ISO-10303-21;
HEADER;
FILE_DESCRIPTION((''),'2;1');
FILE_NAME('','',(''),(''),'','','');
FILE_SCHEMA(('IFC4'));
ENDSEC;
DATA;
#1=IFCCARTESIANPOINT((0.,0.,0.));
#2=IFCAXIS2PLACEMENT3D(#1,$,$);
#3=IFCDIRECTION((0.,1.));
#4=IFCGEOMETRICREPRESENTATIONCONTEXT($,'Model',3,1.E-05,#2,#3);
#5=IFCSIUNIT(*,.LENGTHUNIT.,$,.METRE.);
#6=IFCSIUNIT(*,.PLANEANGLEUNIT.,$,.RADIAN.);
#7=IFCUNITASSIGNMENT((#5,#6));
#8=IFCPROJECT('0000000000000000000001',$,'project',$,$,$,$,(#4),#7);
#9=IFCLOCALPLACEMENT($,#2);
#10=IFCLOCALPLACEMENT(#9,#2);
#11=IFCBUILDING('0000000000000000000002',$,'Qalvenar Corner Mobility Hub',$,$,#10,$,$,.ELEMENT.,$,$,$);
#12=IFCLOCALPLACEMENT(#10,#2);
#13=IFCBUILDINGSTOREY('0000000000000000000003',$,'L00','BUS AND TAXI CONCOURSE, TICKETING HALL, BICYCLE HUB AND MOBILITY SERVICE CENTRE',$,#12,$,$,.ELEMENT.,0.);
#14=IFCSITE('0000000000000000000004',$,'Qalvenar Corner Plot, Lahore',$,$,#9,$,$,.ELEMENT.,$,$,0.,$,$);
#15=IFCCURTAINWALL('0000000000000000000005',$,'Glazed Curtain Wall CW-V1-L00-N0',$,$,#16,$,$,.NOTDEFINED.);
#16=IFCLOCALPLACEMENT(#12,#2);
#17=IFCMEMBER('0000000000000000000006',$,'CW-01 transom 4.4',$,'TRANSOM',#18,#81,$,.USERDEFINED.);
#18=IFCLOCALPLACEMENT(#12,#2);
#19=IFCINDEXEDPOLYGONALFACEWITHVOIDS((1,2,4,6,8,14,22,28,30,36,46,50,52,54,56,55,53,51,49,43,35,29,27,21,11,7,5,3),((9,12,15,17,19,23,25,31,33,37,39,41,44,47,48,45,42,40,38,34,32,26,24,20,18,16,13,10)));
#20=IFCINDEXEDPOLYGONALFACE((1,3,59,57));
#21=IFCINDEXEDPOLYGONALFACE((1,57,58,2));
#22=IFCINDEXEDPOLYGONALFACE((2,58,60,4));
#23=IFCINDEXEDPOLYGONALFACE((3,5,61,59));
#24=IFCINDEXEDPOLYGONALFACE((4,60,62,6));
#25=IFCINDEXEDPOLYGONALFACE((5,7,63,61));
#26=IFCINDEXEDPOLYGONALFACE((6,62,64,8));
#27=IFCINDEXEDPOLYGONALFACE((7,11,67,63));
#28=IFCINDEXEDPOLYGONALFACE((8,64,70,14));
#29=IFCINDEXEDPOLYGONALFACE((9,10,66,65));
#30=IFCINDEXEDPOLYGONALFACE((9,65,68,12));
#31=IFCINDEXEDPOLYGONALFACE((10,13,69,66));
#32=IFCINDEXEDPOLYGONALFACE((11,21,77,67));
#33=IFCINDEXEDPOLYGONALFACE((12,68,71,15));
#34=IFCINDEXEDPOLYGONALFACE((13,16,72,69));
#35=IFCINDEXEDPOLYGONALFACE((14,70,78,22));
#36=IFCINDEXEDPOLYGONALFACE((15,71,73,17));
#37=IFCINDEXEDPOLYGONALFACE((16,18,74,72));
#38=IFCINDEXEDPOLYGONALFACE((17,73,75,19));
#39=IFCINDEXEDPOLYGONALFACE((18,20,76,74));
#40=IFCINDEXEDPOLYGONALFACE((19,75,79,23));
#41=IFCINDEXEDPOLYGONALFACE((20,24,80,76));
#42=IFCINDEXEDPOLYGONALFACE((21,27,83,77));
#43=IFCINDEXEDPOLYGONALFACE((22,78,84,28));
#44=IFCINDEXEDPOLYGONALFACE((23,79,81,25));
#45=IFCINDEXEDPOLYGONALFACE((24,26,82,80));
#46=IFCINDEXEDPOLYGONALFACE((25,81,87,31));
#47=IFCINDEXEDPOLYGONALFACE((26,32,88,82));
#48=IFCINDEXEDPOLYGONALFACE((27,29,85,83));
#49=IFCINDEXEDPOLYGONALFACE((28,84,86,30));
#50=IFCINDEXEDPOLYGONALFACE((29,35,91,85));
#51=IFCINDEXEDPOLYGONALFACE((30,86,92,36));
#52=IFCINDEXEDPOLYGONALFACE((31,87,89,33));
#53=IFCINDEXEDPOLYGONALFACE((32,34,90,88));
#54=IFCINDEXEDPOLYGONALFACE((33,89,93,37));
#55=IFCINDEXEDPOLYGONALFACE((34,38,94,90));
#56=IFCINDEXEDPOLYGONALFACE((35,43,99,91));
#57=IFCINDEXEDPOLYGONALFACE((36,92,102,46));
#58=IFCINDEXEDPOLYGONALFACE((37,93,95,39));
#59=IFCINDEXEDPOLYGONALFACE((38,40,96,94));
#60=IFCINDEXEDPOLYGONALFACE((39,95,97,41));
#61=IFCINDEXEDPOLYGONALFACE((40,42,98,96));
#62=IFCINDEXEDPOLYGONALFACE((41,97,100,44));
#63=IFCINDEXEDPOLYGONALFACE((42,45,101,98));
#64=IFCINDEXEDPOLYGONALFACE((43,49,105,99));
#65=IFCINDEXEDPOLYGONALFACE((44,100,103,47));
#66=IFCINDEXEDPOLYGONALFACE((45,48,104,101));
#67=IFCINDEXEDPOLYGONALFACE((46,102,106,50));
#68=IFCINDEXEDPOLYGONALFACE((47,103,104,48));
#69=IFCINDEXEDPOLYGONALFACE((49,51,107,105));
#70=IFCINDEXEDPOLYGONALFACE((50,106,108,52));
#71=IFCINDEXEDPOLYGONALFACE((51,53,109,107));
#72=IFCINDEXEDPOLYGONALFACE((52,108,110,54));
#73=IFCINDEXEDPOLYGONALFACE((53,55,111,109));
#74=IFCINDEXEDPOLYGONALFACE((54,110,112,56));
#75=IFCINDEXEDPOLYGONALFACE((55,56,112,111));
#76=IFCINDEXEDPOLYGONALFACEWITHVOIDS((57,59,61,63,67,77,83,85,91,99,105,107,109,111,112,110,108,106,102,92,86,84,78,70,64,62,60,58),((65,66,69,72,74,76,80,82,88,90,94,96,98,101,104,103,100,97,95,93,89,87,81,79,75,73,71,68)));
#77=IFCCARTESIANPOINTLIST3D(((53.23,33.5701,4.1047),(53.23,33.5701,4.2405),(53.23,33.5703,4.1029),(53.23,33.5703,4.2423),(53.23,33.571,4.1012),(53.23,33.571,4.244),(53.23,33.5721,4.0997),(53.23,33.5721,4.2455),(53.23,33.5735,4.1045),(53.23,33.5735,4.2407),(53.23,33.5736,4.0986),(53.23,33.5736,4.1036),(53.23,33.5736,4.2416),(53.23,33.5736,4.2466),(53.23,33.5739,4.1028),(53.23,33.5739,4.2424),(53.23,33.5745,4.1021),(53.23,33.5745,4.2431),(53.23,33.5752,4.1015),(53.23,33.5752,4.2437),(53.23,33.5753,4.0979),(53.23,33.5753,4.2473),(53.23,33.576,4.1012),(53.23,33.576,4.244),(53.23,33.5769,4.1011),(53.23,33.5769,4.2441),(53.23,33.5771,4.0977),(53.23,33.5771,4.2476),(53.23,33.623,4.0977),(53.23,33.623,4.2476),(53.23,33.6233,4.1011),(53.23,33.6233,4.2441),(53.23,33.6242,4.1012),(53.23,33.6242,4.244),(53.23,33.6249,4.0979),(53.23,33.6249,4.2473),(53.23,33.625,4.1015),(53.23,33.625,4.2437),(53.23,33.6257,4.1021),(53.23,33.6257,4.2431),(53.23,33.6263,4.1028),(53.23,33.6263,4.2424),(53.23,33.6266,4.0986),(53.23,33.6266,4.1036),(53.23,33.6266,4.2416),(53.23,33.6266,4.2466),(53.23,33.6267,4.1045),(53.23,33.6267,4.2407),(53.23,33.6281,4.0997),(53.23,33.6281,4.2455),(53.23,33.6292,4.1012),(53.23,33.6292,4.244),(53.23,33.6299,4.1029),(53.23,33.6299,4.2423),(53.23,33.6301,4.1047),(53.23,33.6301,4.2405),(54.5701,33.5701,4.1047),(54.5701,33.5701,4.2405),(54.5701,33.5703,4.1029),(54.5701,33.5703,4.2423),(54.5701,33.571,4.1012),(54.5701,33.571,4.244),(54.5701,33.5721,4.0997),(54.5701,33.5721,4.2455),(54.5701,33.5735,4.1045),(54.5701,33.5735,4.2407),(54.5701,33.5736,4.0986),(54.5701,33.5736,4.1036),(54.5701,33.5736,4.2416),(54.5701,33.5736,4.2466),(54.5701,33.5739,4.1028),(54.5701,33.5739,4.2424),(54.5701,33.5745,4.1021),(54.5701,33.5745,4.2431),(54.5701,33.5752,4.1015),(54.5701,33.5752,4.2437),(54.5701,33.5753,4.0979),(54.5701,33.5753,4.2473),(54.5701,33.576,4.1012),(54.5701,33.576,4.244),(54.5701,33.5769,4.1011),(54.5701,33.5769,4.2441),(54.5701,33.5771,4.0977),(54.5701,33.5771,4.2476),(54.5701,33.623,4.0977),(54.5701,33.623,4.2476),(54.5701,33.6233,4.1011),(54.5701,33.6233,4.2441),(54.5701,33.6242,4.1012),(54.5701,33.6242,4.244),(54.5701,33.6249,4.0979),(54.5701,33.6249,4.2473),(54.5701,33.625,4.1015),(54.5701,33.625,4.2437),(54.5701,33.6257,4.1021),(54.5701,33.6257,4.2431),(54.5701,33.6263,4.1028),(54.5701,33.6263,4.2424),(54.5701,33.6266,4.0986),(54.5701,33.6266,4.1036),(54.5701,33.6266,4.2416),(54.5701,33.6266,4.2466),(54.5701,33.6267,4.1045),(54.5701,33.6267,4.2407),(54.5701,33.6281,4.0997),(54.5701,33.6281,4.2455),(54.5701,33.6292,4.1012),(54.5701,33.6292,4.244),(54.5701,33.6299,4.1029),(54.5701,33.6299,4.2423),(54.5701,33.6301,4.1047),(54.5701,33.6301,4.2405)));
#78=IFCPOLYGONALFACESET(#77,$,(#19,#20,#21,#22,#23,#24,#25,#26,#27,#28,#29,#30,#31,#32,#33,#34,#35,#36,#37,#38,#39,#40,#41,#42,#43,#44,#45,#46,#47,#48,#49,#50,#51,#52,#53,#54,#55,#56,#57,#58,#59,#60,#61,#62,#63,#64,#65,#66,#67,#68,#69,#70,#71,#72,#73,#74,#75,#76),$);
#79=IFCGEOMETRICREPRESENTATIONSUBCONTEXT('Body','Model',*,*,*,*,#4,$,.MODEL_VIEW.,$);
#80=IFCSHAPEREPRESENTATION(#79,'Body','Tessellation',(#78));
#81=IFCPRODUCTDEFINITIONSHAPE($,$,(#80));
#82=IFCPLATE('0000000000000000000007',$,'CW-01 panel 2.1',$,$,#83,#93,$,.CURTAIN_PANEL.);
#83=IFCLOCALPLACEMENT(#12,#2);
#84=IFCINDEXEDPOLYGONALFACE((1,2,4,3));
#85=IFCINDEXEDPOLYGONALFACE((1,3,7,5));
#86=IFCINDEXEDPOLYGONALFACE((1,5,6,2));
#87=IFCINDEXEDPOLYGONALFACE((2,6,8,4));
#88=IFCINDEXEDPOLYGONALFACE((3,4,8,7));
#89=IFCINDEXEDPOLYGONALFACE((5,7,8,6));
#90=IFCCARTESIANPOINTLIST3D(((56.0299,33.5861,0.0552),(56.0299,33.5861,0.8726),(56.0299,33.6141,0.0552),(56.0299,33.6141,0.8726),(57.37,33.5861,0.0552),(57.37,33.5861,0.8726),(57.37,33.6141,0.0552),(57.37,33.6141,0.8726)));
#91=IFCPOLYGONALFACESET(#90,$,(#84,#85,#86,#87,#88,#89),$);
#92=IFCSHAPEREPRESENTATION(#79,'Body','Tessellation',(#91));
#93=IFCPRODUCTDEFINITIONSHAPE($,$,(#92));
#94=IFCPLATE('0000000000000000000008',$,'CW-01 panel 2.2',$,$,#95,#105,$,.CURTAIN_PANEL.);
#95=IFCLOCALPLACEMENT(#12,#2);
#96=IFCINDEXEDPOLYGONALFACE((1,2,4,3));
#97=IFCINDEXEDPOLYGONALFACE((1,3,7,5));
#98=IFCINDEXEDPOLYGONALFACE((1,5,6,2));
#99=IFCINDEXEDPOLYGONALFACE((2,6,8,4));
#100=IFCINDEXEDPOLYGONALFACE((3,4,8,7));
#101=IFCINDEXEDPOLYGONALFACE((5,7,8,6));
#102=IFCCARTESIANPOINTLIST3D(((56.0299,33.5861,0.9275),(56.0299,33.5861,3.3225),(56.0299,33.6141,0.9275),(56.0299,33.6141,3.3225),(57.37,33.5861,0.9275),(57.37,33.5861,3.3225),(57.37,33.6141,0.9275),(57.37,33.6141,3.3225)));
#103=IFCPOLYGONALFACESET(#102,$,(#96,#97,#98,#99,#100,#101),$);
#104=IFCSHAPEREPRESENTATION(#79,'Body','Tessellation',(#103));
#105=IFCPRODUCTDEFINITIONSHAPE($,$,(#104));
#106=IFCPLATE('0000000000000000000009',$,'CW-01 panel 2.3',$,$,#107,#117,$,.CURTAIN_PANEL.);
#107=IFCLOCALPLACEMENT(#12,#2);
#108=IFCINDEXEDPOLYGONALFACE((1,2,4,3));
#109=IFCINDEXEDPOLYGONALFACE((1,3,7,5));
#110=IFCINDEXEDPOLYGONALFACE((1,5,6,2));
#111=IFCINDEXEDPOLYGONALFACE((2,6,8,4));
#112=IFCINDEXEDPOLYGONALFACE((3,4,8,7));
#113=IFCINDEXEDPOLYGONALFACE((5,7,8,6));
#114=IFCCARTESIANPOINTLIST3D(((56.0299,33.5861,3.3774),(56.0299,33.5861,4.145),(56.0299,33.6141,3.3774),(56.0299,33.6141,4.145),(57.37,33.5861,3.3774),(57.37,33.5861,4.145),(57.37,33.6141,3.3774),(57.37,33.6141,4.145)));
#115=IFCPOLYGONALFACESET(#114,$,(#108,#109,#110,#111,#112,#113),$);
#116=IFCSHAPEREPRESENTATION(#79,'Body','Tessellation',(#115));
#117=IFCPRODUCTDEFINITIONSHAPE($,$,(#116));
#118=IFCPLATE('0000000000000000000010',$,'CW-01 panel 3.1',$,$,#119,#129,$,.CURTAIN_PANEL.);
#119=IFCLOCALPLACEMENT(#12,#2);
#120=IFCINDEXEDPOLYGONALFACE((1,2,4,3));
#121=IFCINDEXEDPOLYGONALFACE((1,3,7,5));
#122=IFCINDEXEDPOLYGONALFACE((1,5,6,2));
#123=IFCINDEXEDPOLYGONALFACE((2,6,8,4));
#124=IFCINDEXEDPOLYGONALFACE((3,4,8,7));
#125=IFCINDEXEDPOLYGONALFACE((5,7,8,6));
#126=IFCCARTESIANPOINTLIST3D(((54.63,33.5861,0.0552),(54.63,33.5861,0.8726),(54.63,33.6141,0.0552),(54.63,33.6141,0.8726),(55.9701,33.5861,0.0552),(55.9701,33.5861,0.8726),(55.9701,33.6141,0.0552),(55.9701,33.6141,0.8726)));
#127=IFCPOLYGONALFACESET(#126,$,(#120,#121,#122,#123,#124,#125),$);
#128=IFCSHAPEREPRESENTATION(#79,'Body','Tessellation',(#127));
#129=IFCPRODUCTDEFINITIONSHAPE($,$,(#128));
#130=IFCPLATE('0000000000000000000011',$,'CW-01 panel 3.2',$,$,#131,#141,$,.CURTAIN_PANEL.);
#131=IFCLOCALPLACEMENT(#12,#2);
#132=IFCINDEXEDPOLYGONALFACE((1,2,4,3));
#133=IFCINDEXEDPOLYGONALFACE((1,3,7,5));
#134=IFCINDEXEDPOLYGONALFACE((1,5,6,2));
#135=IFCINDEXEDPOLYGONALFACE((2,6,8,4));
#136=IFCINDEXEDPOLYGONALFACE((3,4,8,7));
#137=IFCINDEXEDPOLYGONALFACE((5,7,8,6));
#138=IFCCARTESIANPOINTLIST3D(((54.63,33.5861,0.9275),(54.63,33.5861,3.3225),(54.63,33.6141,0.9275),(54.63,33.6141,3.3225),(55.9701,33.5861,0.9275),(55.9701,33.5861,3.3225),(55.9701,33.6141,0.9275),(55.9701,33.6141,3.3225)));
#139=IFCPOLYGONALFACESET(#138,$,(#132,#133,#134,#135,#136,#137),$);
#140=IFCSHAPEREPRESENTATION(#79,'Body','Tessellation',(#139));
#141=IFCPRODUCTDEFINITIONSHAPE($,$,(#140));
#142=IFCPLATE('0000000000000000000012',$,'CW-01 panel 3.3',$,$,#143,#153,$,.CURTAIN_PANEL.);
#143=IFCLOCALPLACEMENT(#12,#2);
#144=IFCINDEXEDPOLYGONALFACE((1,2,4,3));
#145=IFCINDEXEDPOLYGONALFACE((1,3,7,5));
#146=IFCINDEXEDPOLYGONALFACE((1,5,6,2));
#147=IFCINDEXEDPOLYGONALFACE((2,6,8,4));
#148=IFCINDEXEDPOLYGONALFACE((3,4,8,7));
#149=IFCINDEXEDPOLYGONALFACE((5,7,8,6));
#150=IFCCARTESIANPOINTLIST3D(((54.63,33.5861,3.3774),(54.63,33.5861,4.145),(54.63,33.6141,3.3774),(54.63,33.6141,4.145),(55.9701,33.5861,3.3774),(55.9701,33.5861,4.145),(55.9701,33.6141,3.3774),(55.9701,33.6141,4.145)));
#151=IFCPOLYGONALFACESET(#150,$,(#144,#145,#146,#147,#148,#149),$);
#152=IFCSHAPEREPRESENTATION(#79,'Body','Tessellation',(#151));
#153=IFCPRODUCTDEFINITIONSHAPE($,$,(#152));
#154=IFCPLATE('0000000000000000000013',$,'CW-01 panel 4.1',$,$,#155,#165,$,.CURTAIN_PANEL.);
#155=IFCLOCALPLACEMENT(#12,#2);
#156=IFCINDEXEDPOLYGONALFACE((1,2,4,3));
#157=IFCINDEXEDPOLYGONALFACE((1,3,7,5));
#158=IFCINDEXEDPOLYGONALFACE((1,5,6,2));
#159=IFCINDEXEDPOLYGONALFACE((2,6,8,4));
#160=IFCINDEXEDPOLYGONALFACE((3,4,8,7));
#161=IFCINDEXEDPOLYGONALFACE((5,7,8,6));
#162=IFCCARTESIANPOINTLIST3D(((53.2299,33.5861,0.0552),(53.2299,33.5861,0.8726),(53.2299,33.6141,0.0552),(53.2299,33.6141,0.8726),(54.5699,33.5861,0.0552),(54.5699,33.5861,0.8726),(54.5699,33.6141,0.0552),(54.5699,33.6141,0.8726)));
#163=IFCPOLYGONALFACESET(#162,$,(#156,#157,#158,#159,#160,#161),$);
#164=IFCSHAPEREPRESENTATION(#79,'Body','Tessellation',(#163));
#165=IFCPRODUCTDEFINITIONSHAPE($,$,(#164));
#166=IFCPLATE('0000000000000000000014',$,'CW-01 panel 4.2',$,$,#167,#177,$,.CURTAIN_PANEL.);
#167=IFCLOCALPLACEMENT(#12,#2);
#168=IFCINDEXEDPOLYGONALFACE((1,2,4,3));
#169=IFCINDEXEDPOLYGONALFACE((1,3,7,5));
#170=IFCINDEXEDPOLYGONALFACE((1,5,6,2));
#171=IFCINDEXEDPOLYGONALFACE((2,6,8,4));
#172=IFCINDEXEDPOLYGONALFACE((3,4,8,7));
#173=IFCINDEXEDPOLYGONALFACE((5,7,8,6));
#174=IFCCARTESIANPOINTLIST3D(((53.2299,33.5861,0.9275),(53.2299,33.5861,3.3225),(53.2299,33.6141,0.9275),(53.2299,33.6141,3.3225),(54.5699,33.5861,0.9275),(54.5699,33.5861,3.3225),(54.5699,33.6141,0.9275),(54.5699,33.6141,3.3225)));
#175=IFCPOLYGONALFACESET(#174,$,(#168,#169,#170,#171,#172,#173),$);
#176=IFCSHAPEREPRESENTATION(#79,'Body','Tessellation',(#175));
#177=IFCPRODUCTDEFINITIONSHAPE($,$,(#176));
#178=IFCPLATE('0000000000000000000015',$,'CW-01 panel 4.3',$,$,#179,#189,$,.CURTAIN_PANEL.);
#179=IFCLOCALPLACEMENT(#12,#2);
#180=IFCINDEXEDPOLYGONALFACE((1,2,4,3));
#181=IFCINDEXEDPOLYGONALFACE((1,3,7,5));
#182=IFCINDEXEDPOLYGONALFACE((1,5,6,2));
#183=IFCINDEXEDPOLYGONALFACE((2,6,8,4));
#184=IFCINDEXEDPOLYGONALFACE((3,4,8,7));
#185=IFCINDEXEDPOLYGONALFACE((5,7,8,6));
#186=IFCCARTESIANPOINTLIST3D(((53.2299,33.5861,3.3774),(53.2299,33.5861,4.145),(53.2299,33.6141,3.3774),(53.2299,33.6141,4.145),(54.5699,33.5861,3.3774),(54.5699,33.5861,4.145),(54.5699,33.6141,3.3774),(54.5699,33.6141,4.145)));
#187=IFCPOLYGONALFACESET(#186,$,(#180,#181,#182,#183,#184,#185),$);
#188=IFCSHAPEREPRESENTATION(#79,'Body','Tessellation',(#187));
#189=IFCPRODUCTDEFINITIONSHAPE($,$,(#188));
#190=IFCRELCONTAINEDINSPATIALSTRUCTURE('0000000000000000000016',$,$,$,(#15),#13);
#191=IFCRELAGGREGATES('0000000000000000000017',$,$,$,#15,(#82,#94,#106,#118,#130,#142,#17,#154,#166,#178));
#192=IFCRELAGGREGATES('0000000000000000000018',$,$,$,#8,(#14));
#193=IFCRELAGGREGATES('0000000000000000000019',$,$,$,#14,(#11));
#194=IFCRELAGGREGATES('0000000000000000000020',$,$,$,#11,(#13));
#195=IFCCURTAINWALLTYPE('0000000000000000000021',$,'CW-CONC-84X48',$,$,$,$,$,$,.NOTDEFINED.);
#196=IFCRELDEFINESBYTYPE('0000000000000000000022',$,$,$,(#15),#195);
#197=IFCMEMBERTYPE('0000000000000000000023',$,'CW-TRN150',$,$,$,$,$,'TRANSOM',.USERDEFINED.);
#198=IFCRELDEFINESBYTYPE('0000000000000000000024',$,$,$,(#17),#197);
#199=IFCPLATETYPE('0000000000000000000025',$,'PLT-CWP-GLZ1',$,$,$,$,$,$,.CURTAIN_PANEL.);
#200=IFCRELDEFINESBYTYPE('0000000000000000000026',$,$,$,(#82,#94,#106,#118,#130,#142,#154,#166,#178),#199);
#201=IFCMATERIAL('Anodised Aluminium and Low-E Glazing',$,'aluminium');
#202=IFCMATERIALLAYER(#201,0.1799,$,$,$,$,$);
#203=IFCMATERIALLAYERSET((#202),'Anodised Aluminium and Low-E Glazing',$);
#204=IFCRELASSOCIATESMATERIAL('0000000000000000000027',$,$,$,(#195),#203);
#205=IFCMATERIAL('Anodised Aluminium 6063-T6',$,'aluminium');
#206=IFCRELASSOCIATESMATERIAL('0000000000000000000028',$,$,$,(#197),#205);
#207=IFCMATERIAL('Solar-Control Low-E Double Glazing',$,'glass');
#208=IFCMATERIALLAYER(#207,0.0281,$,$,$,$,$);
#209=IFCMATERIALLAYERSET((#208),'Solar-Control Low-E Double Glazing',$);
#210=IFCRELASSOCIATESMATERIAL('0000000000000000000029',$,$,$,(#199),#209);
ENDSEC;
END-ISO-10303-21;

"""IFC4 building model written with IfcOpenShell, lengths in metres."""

from ifc_helpers import new_model, si_unit, direction, frame, origin, origin_2d, place, context, subcontext, project, spatial, rectangle, hollow_rectangle, extrude, material, layer, layer_set, material_profile, profile_set, type_object, element, aggregate, save


model = new_model("IFC4")

# Units and contexts
model_context = context("Model", 3, precision=1e-05, world=origin(), true_north=direction((0.0, 1.0)))
body_context = subcontext(model_context, "Body", "Model", "MODEL_VIEW")
ifc_project = project(units=[si_unit("LENGTHUNIT", "METRE"), si_unit("PLANEANGLEUNIT", "RADIAN")], contexts=[model_context])

# Site, building, storey
site_placement = place(None, origin())
site = spatial("IfcSite", under=ifc_project, at=site_placement, Name="Qalvenar Corner Plot, Lahore", CompositionType="ELEMENT", RefElevation=0.0)
building_placement = place(site_placement, origin())
building = spatial("IfcBuilding", under=site, at=building_placement, Name="Qalvenar Corner Mobility Hub", CompositionType="ELEMENT")
storey_placement = place(building_placement, origin())
storey = spatial("IfcBuildingStorey", under=building, at=storey_placement, Name="L00", Description="BUS AND TAXI CONCOURSE, TICKETING HALL, BICYCLE HUB AND MOBILITY SERVICE CENTRE", CompositionType="ELEMENT", Elevation=0.0)

# Shared definitions
ifc_material_1 = material(Name="Anodised Aluminium and Low-E Glazing", Category="aluminium")
ifc_material_2 = material(Name="Anodised Aluminium 6063-T6", Category="aluminium")

# Curtain wall, member, plates
ifc_layer_1 = layer(ifc_material_1, 0.1799)
ifc_layer_set_1 = layer_set([ifc_layer_1], Name="Anodised Aluminium and Low-E Glazing")
curtain_wall_type_1 = type_object("IfcCurtainWallType", Name="CW-CONC-84X48", PredefinedType="NOTDEFINED", material=ifc_layer_set_1)
curtain_wall_1_placement = place(storey_placement, origin())
curtain_wall_1 = element("IfcCurtainWall", 1, at=curtain_wall_1_placement, inside=storey, type_object=curtain_wall_type_1, Name="Glazed Curtain Wall CW-V1-L00-N0", PredefinedType="NOTDEFINED")
ifc_material_profile_1 = material_profile(ifc_material_2, hollow_rectangle(XDim=0.0601, YDim=0.1499, WallThickness=0.0034, InnerFilletRadius=0.0034, OuterFilletRadius=0.0071, at=origin_2d()), Name="RHS150x60x3.5")
ifc_profile_set_1 = profile_set([ifc_material_profile_1], Name="Anodised Aluminium 6063-T6")
member_type_1 = type_object("IfcMemberType", Name="CW-TRN150", ElementType="TRANSOM", PredefinedType="USERDEFINED", material=ifc_profile_set_1)
member_1_placement = place(storey_placement, frame((54.5701, 33.6001, 4.1726), z_axis=(-1.0, 0.0, 0.0), x_axis=(0.0, -1.0, 0.0)))
member_1 = element("IfcMember", 2, at=member_1_placement, type_object=member_type_1, Name="CW-01 transom 4.4", ObjectType="TRANSOM", PredefinedType="USERDEFINED", context=body_context, shape_type="SweptSolid", body=[
    extrude(hollow_rectangle(XDim=0.0601, YDim=0.1499, WallThickness=0.0034, InnerFilletRadius=0.0034, OuterFilletRadius=0.0071, at=origin_2d()), origin(), (0.0, 0.0, 1.0), 1.3401),
])
ifc_material_3 = material(Name="Solar-Control Low-E Double Glazing", Category="glass")
ifc_layer_2 = layer(ifc_material_3, 0.0281)
ifc_layer_set_2 = layer_set([ifc_layer_2], Name="Solar-Control Low-E Double Glazing")
plate_type = type_object("IfcPlateType", Name="PLT-CWP-GLZ1", PredefinedType="CURTAIN_PANEL", material=ifc_layer_set_2)
plate_1_placement = place(storey_placement, frame((56.7, 33.6001, 0.0552), z_axis=(0.0, 0.0, 1.0), x_axis=(-1.0, 0.0, 0.0)))
plate_1 = element("IfcPlate", 3, at=plate_1_placement, type_object=plate_type, Name="CW-01 panel 2.1", PredefinedType="CURTAIN_PANEL", context=body_context, shape_type="SweptSolid", body=[
    extrude(rectangle(XDim=1.3401, YDim=0.0281, at=origin_2d()), origin(), (0.0, 0.0, 1.0), 0.8174),
])
plate_2_placement = place(storey_placement, frame((56.7, 33.6001, 0.9275), z_axis=(0.0, 0.0, 1.0), x_axis=(-1.0, 0.0, 0.0)))
plate_2 = element("IfcPlate", 4, at=plate_2_placement, type_object=plate_type, Name="CW-01 panel 2.2", PredefinedType="CURTAIN_PANEL", context=body_context, shape_type="SweptSolid", body=[
    extrude(rectangle(XDim=1.3401, YDim=0.0281, at=origin_2d()), origin(), (0.0, 0.0, 1.0), 2.395),
])
plate_3_placement = place(storey_placement, frame((56.7, 33.6001, 3.3774), z_axis=(0.0, 0.0, 1.0), x_axis=(-1.0, 0.0, 0.0)))
plate_3 = element("IfcPlate", 5, at=plate_3_placement, type_object=plate_type, Name="CW-01 panel 2.3", PredefinedType="CURTAIN_PANEL", context=body_context, shape_type="SweptSolid", body=[
    extrude(rectangle(XDim=1.3401, YDim=0.0281, at=origin_2d()), origin(), (0.0, 0.0, 1.0), 0.7676),
])
plate_4_placement = place(storey_placement, frame((55.3, 33.6001, 0.0552), z_axis=(0.0, 0.0, 1.0), x_axis=(-1.0, 0.0, 0.0)))
plate_4 = element("IfcPlate", 6, at=plate_4_placement, type_object=plate_type, Name="CW-01 panel 3.1", PredefinedType="CURTAIN_PANEL", context=body_context, shape_type="SweptSolid", body=[
    extrude(rectangle(XDim=1.3401, YDim=0.0281, at=origin_2d()), origin(), (0.0, 0.0, 1.0), 0.8174),
])
plate_5_placement = place(storey_placement, frame((55.3, 33.6001, 0.9275), z_axis=(0.0, 0.0, 1.0), x_axis=(-1.0, 0.0, 0.0)))
plate_5 = element("IfcPlate", 7, at=plate_5_placement, type_object=plate_type, Name="CW-01 panel 3.2", PredefinedType="CURTAIN_PANEL", context=body_context, shape_type="SweptSolid", body=[
    extrude(rectangle(XDim=1.3401, YDim=0.0281, at=origin_2d()), origin(), (0.0, 0.0, 1.0), 2.395),
])
plate_6_placement = place(storey_placement, frame((55.3, 33.6001, 3.3774), z_axis=(0.0, 0.0, 1.0), x_axis=(-1.0, 0.0, 0.0)))
plate_6 = element("IfcPlate", 8, at=plate_6_placement, type_object=plate_type, Name="CW-01 panel 3.3", PredefinedType="CURTAIN_PANEL", context=body_context, shape_type="SweptSolid", body=[
    extrude(rectangle(XDim=1.3401, YDim=0.0281, at=origin_2d()), origin(), (0.0, 0.0, 1.0), 0.7676),
])
plate_7_placement = place(storey_placement, frame((53.8999, 33.6001, 0.0552), z_axis=(0.0, 0.0, 1.0), x_axis=(-1.0, 0.0, 0.0)))
plate_7 = element("IfcPlate", 9, at=plate_7_placement, type_object=plate_type, Name="CW-01 panel 4.1", PredefinedType="CURTAIN_PANEL", context=body_context, shape_type="SweptSolid", body=[
    extrude(rectangle(XDim=1.3401, YDim=0.0281, at=origin_2d()), origin(), (0.0, 0.0, 1.0), 0.8174),
])
plate_8_placement = place(storey_placement, frame((53.8999, 33.6001, 0.9275), z_axis=(0.0, 0.0, 1.0), x_axis=(-1.0, 0.0, 0.0)))
plate_8 = element("IfcPlate", 10, at=plate_8_placement, type_object=plate_type, Name="CW-01 panel 4.2", PredefinedType="CURTAIN_PANEL", context=body_context, shape_type="SweptSolid", body=[
    extrude(rectangle(XDim=1.3401, YDim=0.0281, at=origin_2d()), origin(), (0.0, 0.0, 1.0), 2.395),
])
plate_9_placement = place(storey_placement, frame((53.8999, 33.6001, 3.3774), z_axis=(0.0, 0.0, 1.0), x_axis=(-1.0, 0.0, 0.0)))
plate_9 = element("IfcPlate", 11, at=plate_9_placement, type_object=plate_type, Name="CW-01 panel 4.3", PredefinedType="CURTAIN_PANEL", context=body_context, shape_type="SweptSolid", body=[
    extrude(rectangle(XDim=1.3401, YDim=0.0281, at=origin_2d()), origin(), (0.0, 0.0, 1.0), 0.7676),
])
aggregate(curtain_wall_1, [plate_1, plate_2, plate_3, plate_4, plate_5, plate_6, member_1, plate_7, plate_8, plate_9])

save(model, "model.ifc")
